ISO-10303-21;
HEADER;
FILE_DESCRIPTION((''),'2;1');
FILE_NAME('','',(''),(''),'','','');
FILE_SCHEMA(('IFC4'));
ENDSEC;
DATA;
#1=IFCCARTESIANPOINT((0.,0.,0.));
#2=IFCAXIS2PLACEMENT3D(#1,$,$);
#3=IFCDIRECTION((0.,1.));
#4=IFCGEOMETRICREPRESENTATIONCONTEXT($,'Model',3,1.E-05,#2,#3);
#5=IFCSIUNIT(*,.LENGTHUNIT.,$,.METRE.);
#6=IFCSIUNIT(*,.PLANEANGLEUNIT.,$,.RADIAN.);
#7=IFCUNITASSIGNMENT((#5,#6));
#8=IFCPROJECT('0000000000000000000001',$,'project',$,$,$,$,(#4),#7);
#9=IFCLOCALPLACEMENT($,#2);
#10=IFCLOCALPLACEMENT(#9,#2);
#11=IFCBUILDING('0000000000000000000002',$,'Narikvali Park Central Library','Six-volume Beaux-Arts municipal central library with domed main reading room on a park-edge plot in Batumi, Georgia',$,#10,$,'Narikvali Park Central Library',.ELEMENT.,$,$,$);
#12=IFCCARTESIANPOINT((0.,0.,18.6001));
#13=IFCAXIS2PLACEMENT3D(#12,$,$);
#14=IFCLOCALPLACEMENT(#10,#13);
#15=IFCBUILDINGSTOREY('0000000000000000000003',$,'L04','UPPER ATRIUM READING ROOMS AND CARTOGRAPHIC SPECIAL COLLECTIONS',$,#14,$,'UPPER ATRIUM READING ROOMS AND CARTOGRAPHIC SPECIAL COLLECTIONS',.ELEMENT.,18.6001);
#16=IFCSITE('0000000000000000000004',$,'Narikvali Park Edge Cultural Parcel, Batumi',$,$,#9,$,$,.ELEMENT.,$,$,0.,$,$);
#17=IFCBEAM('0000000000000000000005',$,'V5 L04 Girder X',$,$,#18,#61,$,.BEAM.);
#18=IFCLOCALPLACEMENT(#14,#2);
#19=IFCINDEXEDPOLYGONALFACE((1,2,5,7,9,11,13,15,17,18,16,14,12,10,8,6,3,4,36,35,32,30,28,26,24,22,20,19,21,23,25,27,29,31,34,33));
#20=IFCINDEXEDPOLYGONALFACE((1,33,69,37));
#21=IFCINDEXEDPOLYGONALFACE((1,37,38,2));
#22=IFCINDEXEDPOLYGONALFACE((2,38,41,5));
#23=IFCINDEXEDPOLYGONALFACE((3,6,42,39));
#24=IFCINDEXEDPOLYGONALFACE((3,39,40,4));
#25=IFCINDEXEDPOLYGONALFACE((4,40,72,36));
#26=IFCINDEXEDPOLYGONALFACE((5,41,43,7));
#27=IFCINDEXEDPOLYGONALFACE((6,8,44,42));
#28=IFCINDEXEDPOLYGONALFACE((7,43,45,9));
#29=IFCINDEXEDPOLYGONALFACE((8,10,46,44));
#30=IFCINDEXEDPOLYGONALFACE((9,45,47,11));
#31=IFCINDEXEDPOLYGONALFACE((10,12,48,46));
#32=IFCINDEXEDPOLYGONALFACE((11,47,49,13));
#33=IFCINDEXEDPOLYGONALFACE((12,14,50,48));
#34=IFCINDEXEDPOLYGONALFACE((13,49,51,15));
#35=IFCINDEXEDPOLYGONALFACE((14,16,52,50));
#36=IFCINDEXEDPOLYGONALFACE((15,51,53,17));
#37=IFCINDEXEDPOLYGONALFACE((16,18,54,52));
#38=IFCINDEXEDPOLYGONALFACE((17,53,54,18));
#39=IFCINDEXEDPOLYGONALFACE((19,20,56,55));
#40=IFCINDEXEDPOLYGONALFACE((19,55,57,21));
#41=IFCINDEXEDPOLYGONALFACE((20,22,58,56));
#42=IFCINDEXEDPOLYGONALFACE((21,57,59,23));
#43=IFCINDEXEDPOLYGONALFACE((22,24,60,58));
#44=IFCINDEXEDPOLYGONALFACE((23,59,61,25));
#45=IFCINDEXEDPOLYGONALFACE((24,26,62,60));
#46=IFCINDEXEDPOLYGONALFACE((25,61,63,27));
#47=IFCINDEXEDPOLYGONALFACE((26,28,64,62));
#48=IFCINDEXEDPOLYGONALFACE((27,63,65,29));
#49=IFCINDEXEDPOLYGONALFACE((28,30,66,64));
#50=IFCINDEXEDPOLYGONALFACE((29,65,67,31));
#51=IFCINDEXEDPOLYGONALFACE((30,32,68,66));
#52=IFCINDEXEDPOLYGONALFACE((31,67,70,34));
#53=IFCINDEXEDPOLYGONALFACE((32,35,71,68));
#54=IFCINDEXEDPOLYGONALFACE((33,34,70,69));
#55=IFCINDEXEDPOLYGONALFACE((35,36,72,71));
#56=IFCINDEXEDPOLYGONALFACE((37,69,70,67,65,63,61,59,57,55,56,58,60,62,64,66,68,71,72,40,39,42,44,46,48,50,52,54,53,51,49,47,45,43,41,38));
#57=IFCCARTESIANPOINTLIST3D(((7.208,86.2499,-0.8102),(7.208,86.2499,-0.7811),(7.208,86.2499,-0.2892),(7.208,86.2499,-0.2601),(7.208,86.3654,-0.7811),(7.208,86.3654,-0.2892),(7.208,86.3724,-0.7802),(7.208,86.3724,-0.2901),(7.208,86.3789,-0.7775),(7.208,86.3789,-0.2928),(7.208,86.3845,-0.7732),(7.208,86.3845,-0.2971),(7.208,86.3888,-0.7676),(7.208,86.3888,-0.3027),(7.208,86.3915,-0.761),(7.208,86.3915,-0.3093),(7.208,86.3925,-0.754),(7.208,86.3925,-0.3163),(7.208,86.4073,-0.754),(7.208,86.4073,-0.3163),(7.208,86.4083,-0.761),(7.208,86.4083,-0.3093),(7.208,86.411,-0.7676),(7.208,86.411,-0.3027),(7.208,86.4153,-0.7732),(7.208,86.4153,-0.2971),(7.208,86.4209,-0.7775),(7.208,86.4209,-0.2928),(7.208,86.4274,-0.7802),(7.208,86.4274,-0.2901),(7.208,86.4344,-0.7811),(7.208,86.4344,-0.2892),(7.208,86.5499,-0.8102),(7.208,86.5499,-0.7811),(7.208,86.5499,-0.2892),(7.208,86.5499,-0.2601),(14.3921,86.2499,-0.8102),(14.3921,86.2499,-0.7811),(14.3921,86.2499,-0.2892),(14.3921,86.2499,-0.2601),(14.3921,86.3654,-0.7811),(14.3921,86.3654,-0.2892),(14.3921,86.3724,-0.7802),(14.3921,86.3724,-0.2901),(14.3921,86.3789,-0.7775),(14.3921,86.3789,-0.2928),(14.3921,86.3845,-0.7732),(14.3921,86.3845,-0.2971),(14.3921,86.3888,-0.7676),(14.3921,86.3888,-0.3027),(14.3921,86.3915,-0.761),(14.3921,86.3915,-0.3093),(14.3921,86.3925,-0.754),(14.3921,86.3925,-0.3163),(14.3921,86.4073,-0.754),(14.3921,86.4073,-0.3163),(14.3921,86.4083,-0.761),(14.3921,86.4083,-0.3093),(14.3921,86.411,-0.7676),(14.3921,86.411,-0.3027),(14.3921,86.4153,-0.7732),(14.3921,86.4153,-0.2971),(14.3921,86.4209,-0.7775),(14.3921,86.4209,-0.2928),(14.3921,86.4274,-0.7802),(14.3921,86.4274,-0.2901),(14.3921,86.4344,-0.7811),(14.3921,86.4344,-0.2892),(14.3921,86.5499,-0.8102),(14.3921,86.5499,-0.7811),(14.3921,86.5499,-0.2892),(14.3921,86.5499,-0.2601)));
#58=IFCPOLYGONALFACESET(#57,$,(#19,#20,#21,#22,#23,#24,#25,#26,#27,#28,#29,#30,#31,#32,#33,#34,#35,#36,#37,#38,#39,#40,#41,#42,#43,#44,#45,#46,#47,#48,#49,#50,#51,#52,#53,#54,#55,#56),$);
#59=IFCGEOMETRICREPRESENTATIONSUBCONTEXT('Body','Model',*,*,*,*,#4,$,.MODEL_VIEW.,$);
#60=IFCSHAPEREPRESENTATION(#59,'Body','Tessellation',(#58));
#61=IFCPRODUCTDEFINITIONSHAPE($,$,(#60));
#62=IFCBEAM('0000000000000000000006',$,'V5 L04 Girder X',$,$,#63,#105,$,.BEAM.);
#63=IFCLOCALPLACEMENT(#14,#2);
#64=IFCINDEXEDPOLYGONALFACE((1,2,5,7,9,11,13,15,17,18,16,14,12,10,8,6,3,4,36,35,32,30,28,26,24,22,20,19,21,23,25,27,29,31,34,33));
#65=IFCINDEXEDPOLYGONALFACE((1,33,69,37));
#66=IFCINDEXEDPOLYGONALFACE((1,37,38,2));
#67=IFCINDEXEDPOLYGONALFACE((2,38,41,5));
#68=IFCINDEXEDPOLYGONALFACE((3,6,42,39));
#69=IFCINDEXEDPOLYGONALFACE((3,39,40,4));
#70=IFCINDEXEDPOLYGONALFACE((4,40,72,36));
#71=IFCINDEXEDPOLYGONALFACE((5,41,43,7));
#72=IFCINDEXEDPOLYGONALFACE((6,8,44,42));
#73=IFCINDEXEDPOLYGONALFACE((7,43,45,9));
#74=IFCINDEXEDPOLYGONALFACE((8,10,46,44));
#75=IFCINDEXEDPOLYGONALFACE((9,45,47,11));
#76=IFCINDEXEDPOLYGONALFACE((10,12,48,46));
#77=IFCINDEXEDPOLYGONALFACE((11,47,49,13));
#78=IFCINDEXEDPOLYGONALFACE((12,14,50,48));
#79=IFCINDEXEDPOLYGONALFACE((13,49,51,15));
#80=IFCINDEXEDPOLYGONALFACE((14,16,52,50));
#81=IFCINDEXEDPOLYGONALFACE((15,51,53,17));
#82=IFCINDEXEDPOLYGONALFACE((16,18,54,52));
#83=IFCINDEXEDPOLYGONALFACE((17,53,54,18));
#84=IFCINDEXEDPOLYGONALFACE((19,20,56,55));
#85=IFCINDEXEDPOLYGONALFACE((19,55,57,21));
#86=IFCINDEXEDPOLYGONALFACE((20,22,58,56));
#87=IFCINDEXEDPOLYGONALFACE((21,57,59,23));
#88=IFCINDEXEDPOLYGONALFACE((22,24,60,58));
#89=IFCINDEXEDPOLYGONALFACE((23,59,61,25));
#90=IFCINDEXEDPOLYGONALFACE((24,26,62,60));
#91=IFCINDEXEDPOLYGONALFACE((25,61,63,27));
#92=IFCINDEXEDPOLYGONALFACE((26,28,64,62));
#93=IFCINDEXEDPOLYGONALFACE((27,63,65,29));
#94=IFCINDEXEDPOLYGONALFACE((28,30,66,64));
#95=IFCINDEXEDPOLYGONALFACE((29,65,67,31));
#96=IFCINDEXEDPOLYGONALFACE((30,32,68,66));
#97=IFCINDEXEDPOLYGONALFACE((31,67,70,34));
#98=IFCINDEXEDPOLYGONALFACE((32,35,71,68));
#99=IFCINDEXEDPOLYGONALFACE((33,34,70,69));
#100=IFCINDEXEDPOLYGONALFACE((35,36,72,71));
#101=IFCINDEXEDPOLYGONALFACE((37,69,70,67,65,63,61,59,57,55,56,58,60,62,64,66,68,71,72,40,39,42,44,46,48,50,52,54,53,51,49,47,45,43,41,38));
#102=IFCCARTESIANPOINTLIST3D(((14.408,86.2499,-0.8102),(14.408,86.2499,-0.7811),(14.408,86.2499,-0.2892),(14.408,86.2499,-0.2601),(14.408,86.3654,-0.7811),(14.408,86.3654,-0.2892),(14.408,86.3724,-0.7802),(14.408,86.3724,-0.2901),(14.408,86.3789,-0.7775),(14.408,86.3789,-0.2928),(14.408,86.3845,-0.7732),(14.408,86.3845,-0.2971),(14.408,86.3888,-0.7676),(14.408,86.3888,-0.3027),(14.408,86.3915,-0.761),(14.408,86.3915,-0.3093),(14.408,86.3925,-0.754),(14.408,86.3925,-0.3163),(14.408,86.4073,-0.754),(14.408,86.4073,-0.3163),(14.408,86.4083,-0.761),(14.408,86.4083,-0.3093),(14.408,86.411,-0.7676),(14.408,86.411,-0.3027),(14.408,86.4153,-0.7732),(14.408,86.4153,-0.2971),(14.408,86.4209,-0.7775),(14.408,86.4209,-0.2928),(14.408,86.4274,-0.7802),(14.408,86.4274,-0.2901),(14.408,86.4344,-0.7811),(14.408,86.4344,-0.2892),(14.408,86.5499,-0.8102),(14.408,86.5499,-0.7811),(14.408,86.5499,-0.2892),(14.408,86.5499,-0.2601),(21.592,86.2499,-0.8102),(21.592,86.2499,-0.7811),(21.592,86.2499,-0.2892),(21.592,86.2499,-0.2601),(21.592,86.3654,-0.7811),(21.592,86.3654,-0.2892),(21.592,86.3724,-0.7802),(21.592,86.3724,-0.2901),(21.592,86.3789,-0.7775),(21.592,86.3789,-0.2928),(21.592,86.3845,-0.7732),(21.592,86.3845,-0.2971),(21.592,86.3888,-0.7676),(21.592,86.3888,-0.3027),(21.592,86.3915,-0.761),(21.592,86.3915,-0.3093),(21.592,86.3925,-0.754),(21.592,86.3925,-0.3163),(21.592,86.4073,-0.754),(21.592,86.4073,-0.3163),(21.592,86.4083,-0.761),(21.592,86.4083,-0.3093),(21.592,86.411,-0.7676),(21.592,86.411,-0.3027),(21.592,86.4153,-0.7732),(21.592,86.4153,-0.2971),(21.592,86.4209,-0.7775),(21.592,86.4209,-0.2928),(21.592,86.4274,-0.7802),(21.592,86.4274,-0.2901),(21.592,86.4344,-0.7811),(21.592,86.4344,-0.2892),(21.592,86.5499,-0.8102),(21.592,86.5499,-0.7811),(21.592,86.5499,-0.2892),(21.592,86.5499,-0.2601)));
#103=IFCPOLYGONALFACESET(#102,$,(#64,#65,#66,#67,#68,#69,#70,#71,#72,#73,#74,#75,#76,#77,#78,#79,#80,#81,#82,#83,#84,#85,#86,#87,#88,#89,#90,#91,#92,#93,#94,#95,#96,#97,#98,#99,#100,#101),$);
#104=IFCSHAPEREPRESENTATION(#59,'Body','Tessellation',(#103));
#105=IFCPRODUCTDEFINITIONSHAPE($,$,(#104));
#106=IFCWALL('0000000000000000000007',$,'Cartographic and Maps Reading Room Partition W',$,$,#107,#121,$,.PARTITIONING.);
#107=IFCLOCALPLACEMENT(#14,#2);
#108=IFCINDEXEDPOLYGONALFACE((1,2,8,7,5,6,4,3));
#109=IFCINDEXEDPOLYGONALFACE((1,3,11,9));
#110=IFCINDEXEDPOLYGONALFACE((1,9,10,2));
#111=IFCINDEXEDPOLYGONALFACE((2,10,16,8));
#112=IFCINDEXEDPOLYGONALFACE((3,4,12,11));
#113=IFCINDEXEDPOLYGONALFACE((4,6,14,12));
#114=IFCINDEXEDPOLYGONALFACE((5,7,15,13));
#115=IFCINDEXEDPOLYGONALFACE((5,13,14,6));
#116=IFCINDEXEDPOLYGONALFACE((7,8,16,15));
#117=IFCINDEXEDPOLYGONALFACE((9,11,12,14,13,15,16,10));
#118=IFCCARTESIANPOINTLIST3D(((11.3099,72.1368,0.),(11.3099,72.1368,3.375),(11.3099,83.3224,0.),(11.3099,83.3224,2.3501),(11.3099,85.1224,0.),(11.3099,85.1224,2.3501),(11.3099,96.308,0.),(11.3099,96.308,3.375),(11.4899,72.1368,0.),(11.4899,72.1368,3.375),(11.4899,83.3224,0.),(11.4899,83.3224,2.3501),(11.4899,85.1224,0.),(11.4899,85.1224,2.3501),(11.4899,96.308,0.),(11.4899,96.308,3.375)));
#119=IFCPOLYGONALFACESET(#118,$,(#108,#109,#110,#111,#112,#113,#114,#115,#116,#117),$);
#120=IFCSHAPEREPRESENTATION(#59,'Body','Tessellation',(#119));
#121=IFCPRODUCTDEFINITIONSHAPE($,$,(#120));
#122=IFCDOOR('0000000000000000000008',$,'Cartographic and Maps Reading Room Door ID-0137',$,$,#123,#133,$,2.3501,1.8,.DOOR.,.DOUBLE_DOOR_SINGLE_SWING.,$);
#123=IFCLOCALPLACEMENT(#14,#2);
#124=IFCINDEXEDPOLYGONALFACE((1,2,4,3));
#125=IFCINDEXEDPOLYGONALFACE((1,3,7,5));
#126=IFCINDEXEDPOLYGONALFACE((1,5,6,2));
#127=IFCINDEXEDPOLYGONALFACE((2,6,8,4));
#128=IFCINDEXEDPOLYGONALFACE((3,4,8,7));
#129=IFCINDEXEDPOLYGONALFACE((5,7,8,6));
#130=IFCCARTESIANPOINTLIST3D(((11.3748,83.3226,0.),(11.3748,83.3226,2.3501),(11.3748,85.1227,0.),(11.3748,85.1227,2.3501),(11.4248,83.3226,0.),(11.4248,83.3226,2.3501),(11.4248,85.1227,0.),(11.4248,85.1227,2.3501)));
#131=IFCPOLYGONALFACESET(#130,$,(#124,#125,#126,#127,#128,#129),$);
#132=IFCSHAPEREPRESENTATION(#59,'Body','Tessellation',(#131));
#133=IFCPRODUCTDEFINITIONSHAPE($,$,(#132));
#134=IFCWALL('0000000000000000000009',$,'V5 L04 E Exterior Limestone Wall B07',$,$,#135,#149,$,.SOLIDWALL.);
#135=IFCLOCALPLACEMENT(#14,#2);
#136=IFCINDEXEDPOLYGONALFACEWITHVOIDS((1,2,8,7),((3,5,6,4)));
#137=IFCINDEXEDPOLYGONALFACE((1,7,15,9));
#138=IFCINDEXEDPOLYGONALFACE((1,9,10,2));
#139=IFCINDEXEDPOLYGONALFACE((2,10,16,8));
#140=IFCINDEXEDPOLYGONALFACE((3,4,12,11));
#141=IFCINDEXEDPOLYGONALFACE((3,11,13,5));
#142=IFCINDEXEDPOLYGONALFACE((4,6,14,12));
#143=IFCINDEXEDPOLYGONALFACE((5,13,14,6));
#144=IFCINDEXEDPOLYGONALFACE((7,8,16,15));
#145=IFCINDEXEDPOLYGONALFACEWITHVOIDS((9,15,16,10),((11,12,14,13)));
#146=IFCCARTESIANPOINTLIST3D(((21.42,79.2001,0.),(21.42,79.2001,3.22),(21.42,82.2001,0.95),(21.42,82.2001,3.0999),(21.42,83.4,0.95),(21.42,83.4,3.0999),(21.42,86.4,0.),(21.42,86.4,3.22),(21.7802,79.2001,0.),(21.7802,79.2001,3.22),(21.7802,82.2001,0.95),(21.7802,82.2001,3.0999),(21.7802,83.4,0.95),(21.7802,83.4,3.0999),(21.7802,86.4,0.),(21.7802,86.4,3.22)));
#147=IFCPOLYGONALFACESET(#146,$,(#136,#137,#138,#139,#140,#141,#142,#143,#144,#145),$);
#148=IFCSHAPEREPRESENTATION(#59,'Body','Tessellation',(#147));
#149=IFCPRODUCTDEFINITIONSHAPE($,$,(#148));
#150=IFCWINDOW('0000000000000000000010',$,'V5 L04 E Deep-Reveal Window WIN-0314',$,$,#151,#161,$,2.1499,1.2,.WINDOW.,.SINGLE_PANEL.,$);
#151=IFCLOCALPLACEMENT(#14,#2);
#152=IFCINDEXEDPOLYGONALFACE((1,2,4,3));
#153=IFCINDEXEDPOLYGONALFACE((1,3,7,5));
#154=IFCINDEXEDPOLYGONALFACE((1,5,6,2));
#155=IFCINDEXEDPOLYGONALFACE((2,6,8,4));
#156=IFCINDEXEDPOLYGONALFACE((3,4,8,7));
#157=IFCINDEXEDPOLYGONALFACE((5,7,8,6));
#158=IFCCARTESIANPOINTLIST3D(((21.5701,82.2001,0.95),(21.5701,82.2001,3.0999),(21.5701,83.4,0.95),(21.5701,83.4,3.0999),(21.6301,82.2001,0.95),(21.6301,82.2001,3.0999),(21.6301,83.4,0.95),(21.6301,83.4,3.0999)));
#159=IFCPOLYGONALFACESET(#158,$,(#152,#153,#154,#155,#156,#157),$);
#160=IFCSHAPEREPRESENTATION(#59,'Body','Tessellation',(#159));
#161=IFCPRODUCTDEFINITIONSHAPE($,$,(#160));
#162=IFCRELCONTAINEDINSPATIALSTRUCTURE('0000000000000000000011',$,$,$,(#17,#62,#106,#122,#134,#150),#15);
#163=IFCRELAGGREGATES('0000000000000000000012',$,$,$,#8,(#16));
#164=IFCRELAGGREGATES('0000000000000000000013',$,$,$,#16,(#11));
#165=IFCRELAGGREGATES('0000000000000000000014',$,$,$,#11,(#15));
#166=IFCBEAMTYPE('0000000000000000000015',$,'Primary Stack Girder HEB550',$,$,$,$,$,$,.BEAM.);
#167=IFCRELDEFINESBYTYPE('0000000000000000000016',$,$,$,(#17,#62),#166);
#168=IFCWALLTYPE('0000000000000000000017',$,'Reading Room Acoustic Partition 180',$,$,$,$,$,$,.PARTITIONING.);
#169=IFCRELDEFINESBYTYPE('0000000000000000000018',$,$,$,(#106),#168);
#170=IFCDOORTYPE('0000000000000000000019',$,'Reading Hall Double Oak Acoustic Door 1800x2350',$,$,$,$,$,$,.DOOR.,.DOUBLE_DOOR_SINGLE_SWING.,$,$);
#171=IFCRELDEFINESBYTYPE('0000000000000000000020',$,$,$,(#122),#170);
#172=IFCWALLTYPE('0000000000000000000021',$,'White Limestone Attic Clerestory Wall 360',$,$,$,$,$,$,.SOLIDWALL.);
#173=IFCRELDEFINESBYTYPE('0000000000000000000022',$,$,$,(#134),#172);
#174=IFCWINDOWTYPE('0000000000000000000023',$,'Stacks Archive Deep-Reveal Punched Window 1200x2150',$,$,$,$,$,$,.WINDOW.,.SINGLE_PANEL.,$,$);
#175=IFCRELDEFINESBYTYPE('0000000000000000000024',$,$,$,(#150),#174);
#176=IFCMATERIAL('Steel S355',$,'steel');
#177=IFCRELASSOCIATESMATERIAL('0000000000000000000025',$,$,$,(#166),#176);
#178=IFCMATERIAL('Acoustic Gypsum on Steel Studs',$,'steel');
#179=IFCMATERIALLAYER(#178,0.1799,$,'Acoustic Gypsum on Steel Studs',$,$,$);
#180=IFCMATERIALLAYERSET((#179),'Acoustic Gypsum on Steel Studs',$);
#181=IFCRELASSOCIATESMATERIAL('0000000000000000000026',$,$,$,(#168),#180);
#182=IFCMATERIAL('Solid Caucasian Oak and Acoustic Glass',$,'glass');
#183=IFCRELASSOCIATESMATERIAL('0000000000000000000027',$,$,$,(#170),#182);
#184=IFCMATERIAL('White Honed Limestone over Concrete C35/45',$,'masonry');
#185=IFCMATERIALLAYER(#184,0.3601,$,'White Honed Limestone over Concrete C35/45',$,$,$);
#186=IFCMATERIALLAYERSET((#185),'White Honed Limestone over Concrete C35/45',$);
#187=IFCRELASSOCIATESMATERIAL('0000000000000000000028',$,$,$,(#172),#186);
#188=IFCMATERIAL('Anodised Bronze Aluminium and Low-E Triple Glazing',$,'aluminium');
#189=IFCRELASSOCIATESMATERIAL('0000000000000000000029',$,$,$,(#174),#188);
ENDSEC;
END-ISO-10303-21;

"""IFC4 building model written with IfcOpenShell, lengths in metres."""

from ifc_helpers import new_model, si_unit, direction, frame, frame_2d, origin, origin_2d, place, context, subcontext, project, spatial, rectangle, i_section, extrude, material, layer, layer_set, material_profile, profile_set, type_object, element, fill, save


model = new_model("IFC4")

# Units and contexts
model_context = context("Model", 3, precision=1e-05, world=origin(), true_north=direction((0.0, 1.0)))
body_context = subcontext(model_context, "Body", "Model", "MODEL_VIEW")
ifc_project = project(units=[si_unit("LENGTHUNIT", "METRE"), si_unit("PLANEANGLEUNIT", "RADIAN")], contexts=[model_context])

# Site, building, storey
site_placement = place(None, origin())
site = spatial("IfcSite", under=ifc_project, at=site_placement, Name="Narikvali Park Edge Cultural Parcel, Batumi", CompositionType="ELEMENT", RefElevation=0.0)
building_placement = place(site_placement, origin())
building = spatial("IfcBuilding", under=site, at=building_placement, Name="Narikvali Park Central Library", Description="Six-volume Beaux-Arts municipal central library with domed main reading room on a park-edge plot in Batumi, Georgia", LongName="Narikvali Park Central Library", CompositionType="ELEMENT")
storey_placement = place(building_placement, frame((0.0, 0.0, 18.6001)))
storey = spatial("IfcBuildingStorey", under=building, at=storey_placement, Name="L04", Description="UPPER ATRIUM READING ROOMS AND CARTOGRAPHIC SPECIAL COLLECTIONS", LongName="UPPER ATRIUM READING ROOMS AND CARTOGRAPHIC SPECIAL COLLECTIONS", CompositionType="ELEMENT", Elevation=18.6001)

# Shared definitions
ifc_material_1 = material(Name="Steel S355", Category="steel")

# Beams
ifc_material_profile_1 = material_profile(ifc_material_1, i_section(OverallWidth=0.3, OverallDepth=0.55, WebThickness=0.0149, FlangeThickness=0.0291, FilletRadius=0.0271, at=origin_2d()), Name="HEB 550")
ifc_profile_set_1 = profile_set([ifc_material_profile_1], Name="Steel S355")
beam_type_1 = type_object("IfcBeamType", Name="Primary Stack Girder HEB550", PredefinedType="BEAM", material=ifc_profile_set_1)
for number, where, z_axis, x_axis, name in (
    (1, (7.208, 86.3999, -0.5352), (1.0, 0.0, 0.0), (0.0, 1.0, 0.0), "V5 L04 Girder X"),
    (2, (14.408, 86.3999, -0.5352), (1.0, 0.0, 0.0), (0.0, 1.0, 0.0), "V5 L04 Girder X"),
):
    element("IfcBeam", number, at=place(storey_placement, frame(where, z_axis=z_axis, x_axis=x_axis)), inside=storey, type_object=beam_type_1, Name=name, PredefinedType="BEAM", context=body_context, shape_type="SweptSolid", body=[
        extrude(i_section(OverallWidth=0.3, OverallDepth=0.55, WebThickness=0.0149, FlangeThickness=0.0291, FilletRadius=0.0271, at=origin_2d()), origin(), (0.0, 0.0, 1.0), 7.1841),
    ])

# Wall, opening, door
ifc_material_2 = material(Name="Acoustic Gypsum on Steel Studs", Category="steel")
ifc_layer_1 = layer(ifc_material_2, 0.1799, Name="Acoustic Gypsum on Steel Studs")
ifc_layer_set_1 = layer_set([ifc_layer_1], Name="Acoustic Gypsum on Steel Studs")
wall_type_1 = type_object("IfcWallType", Name="Reading Room Acoustic Partition 180", PredefinedType="PARTITIONING", material=ifc_layer_set_1)
wall_1_placement = place(storey_placement, frame((11.3999, 72.137, 0.0), z_axis=(0.0, 0.0, 1.0), x_axis=(0.0, 1.0, 0.0)))
wall_1 = element("IfcWall", 3, at=wall_1_placement, inside=storey, type_object=wall_type_1, Name="Cartographic and Maps Reading Room Partition W", PredefinedType="PARTITIONING", context=body_context, shape_type="SweptSolid", body=[
    extrude(rectangle(XDim=24.1711, YDim=0.1799, at=frame_2d((12.0854, 0.0))), origin(), (0.0, 0.0, 1.0), 3.375),
])
opening_1_placement = place(wall_1_placement, frame((11.1855, 0.0, 0.0)))
opening_1 = element("IfcOpeningElement", 4, at=opening_1_placement, cuts=wall_1, PredefinedType="OPENING", context=body_context, shape_type="SweptSolid", body=[
    extrude(rectangle(XDim=1.8, YDim=2.3501, at=frame_2d((0.8999, 1.175))), frame((0.0, 0.1021, 0.0), z_axis=(0.0, -1.0, 0.0), x_axis=(1.0, 0.0, 0.0)), (0.0, 0.0, 1.0), 0.2039),
])
ifc_material_3 = material(Name="Solid Caucasian Oak and Acoustic Glass", Category="glass")
door_type = type_object("IfcDoorType", Name="Reading Hall Double Oak Acoustic Door 1800x2350", OperationType="DOUBLE_DOOR_SINGLE_SWING", PredefinedType="DOOR", material=ifc_material_3)
door_placement = place(opening_1_placement, frame((1.8, 0.0, 0.0), z_axis=(0.0, 0.0, 1.0), x_axis=(-1.0, 0.0, 0.0)))
door = element("IfcDoor", 5, at=door_placement, inside=storey, type_object=door_type, Name="Cartographic and Maps Reading Room Door ID-0137", OperationType="DOUBLE_DOOR_SINGLE_SWING", OverallHeight=2.3501, OverallWidth=1.8, PredefinedType="DOOR", context=body_context, shape_type="SweptSolid", body=[
    extrude(rectangle(XDim=1.8, YDim=2.3501, at=frame_2d((0.8999, 1.175))), frame((0.0, 0.0249, 0.0), z_axis=(0.0, -1.0, 0.0), x_axis=(1.0, 0.0, 0.0)), (0.0, 0.0, 1.0), 0.05),
])
fill(opening_1, door)

# Wall, opening, window
ifc_material_4 = material(Name="White Honed Limestone over Concrete C35/45", Category="masonry")
ifc_layer_2 = layer(ifc_material_4, 0.3601, Name="White Honed Limestone over Concrete C35/45")
ifc_layer_set_2 = layer_set([ifc_layer_2], Name="White Honed Limestone over Concrete C35/45")
wall_type_2 = type_object("IfcWallType", Name="White Limestone Attic Clerestory Wall 360", PredefinedType="SOLIDWALL", material=ifc_layer_set_2)
wall_2_placement = place(storey_placement, frame((21.6001, 79.2, 0.0), z_axis=(0.0, 0.0, 1.0), x_axis=(0.0, 1.0, 0.0)))
wall_2 = element("IfcWall", 6, at=wall_2_placement, inside=storey, type_object=wall_type_2, Name="V5 L04 E Exterior Limestone Wall B07", PredefinedType="SOLIDWALL", context=body_context, shape_type="SweptSolid", body=[
    extrude(rectangle(XDim=7.2, YDim=0.3601, at=frame_2d((3.6001, 0.0))), origin(), (0.0, 0.0, 1.0), 3.22),
])
opening_2_placement = place(wall_2_placement, frame((3.0, 0.0, 0.95)))
opening_2 = element("IfcOpeningElement", 7, at=opening_2_placement, cuts=wall_2, PredefinedType="OPENING", context=body_context, shape_type="SweptSolid", body=[
    extrude(rectangle(XDim=1.2, YDim=2.1499, at=frame_2d((0.6001, 1.075))), frame((0.0, 0.1919, 0.0), z_axis=(0.0, -1.0, 0.0), x_axis=(1.0, 0.0, 0.0)), (0.0, 0.0, 1.0), 0.384),
])
ifc_material_5 = material(Name="Anodised Bronze Aluminium and Low-E Triple Glazing", Category="aluminium")
window_type = type_object("IfcWindowType", Name="Stacks Archive Deep-Reveal Punched Window 1200x2150", PartitioningType="SINGLE_PANEL", PredefinedType="WINDOW", material=ifc_material_5)
window_1_placement = place(opening_2_placement, origin())
window_1 = element("IfcWindow", 8, at=window_1_placement, inside=storey, type_object=window_type, Name="V5 L04 E Deep-Reveal Window WIN-0314", OverallHeight=2.1499, OverallWidth=1.2, PartitioningType="SINGLE_PANEL", PredefinedType="WINDOW", context=body_context, shape_type="SweptSolid", body=[
    extrude(rectangle(XDim=1.2, YDim=2.1499, at=frame_2d((0.6001, 1.075))), frame((0.0, 0.03, 0.0), z_axis=(0.0, -1.0, 0.0), x_axis=(1.0, 0.0, 0.0)), (0.0, 0.0, 1.0), 0.0601),
])
fill(opening_2, window_1)

save(model, "model.ifc")
